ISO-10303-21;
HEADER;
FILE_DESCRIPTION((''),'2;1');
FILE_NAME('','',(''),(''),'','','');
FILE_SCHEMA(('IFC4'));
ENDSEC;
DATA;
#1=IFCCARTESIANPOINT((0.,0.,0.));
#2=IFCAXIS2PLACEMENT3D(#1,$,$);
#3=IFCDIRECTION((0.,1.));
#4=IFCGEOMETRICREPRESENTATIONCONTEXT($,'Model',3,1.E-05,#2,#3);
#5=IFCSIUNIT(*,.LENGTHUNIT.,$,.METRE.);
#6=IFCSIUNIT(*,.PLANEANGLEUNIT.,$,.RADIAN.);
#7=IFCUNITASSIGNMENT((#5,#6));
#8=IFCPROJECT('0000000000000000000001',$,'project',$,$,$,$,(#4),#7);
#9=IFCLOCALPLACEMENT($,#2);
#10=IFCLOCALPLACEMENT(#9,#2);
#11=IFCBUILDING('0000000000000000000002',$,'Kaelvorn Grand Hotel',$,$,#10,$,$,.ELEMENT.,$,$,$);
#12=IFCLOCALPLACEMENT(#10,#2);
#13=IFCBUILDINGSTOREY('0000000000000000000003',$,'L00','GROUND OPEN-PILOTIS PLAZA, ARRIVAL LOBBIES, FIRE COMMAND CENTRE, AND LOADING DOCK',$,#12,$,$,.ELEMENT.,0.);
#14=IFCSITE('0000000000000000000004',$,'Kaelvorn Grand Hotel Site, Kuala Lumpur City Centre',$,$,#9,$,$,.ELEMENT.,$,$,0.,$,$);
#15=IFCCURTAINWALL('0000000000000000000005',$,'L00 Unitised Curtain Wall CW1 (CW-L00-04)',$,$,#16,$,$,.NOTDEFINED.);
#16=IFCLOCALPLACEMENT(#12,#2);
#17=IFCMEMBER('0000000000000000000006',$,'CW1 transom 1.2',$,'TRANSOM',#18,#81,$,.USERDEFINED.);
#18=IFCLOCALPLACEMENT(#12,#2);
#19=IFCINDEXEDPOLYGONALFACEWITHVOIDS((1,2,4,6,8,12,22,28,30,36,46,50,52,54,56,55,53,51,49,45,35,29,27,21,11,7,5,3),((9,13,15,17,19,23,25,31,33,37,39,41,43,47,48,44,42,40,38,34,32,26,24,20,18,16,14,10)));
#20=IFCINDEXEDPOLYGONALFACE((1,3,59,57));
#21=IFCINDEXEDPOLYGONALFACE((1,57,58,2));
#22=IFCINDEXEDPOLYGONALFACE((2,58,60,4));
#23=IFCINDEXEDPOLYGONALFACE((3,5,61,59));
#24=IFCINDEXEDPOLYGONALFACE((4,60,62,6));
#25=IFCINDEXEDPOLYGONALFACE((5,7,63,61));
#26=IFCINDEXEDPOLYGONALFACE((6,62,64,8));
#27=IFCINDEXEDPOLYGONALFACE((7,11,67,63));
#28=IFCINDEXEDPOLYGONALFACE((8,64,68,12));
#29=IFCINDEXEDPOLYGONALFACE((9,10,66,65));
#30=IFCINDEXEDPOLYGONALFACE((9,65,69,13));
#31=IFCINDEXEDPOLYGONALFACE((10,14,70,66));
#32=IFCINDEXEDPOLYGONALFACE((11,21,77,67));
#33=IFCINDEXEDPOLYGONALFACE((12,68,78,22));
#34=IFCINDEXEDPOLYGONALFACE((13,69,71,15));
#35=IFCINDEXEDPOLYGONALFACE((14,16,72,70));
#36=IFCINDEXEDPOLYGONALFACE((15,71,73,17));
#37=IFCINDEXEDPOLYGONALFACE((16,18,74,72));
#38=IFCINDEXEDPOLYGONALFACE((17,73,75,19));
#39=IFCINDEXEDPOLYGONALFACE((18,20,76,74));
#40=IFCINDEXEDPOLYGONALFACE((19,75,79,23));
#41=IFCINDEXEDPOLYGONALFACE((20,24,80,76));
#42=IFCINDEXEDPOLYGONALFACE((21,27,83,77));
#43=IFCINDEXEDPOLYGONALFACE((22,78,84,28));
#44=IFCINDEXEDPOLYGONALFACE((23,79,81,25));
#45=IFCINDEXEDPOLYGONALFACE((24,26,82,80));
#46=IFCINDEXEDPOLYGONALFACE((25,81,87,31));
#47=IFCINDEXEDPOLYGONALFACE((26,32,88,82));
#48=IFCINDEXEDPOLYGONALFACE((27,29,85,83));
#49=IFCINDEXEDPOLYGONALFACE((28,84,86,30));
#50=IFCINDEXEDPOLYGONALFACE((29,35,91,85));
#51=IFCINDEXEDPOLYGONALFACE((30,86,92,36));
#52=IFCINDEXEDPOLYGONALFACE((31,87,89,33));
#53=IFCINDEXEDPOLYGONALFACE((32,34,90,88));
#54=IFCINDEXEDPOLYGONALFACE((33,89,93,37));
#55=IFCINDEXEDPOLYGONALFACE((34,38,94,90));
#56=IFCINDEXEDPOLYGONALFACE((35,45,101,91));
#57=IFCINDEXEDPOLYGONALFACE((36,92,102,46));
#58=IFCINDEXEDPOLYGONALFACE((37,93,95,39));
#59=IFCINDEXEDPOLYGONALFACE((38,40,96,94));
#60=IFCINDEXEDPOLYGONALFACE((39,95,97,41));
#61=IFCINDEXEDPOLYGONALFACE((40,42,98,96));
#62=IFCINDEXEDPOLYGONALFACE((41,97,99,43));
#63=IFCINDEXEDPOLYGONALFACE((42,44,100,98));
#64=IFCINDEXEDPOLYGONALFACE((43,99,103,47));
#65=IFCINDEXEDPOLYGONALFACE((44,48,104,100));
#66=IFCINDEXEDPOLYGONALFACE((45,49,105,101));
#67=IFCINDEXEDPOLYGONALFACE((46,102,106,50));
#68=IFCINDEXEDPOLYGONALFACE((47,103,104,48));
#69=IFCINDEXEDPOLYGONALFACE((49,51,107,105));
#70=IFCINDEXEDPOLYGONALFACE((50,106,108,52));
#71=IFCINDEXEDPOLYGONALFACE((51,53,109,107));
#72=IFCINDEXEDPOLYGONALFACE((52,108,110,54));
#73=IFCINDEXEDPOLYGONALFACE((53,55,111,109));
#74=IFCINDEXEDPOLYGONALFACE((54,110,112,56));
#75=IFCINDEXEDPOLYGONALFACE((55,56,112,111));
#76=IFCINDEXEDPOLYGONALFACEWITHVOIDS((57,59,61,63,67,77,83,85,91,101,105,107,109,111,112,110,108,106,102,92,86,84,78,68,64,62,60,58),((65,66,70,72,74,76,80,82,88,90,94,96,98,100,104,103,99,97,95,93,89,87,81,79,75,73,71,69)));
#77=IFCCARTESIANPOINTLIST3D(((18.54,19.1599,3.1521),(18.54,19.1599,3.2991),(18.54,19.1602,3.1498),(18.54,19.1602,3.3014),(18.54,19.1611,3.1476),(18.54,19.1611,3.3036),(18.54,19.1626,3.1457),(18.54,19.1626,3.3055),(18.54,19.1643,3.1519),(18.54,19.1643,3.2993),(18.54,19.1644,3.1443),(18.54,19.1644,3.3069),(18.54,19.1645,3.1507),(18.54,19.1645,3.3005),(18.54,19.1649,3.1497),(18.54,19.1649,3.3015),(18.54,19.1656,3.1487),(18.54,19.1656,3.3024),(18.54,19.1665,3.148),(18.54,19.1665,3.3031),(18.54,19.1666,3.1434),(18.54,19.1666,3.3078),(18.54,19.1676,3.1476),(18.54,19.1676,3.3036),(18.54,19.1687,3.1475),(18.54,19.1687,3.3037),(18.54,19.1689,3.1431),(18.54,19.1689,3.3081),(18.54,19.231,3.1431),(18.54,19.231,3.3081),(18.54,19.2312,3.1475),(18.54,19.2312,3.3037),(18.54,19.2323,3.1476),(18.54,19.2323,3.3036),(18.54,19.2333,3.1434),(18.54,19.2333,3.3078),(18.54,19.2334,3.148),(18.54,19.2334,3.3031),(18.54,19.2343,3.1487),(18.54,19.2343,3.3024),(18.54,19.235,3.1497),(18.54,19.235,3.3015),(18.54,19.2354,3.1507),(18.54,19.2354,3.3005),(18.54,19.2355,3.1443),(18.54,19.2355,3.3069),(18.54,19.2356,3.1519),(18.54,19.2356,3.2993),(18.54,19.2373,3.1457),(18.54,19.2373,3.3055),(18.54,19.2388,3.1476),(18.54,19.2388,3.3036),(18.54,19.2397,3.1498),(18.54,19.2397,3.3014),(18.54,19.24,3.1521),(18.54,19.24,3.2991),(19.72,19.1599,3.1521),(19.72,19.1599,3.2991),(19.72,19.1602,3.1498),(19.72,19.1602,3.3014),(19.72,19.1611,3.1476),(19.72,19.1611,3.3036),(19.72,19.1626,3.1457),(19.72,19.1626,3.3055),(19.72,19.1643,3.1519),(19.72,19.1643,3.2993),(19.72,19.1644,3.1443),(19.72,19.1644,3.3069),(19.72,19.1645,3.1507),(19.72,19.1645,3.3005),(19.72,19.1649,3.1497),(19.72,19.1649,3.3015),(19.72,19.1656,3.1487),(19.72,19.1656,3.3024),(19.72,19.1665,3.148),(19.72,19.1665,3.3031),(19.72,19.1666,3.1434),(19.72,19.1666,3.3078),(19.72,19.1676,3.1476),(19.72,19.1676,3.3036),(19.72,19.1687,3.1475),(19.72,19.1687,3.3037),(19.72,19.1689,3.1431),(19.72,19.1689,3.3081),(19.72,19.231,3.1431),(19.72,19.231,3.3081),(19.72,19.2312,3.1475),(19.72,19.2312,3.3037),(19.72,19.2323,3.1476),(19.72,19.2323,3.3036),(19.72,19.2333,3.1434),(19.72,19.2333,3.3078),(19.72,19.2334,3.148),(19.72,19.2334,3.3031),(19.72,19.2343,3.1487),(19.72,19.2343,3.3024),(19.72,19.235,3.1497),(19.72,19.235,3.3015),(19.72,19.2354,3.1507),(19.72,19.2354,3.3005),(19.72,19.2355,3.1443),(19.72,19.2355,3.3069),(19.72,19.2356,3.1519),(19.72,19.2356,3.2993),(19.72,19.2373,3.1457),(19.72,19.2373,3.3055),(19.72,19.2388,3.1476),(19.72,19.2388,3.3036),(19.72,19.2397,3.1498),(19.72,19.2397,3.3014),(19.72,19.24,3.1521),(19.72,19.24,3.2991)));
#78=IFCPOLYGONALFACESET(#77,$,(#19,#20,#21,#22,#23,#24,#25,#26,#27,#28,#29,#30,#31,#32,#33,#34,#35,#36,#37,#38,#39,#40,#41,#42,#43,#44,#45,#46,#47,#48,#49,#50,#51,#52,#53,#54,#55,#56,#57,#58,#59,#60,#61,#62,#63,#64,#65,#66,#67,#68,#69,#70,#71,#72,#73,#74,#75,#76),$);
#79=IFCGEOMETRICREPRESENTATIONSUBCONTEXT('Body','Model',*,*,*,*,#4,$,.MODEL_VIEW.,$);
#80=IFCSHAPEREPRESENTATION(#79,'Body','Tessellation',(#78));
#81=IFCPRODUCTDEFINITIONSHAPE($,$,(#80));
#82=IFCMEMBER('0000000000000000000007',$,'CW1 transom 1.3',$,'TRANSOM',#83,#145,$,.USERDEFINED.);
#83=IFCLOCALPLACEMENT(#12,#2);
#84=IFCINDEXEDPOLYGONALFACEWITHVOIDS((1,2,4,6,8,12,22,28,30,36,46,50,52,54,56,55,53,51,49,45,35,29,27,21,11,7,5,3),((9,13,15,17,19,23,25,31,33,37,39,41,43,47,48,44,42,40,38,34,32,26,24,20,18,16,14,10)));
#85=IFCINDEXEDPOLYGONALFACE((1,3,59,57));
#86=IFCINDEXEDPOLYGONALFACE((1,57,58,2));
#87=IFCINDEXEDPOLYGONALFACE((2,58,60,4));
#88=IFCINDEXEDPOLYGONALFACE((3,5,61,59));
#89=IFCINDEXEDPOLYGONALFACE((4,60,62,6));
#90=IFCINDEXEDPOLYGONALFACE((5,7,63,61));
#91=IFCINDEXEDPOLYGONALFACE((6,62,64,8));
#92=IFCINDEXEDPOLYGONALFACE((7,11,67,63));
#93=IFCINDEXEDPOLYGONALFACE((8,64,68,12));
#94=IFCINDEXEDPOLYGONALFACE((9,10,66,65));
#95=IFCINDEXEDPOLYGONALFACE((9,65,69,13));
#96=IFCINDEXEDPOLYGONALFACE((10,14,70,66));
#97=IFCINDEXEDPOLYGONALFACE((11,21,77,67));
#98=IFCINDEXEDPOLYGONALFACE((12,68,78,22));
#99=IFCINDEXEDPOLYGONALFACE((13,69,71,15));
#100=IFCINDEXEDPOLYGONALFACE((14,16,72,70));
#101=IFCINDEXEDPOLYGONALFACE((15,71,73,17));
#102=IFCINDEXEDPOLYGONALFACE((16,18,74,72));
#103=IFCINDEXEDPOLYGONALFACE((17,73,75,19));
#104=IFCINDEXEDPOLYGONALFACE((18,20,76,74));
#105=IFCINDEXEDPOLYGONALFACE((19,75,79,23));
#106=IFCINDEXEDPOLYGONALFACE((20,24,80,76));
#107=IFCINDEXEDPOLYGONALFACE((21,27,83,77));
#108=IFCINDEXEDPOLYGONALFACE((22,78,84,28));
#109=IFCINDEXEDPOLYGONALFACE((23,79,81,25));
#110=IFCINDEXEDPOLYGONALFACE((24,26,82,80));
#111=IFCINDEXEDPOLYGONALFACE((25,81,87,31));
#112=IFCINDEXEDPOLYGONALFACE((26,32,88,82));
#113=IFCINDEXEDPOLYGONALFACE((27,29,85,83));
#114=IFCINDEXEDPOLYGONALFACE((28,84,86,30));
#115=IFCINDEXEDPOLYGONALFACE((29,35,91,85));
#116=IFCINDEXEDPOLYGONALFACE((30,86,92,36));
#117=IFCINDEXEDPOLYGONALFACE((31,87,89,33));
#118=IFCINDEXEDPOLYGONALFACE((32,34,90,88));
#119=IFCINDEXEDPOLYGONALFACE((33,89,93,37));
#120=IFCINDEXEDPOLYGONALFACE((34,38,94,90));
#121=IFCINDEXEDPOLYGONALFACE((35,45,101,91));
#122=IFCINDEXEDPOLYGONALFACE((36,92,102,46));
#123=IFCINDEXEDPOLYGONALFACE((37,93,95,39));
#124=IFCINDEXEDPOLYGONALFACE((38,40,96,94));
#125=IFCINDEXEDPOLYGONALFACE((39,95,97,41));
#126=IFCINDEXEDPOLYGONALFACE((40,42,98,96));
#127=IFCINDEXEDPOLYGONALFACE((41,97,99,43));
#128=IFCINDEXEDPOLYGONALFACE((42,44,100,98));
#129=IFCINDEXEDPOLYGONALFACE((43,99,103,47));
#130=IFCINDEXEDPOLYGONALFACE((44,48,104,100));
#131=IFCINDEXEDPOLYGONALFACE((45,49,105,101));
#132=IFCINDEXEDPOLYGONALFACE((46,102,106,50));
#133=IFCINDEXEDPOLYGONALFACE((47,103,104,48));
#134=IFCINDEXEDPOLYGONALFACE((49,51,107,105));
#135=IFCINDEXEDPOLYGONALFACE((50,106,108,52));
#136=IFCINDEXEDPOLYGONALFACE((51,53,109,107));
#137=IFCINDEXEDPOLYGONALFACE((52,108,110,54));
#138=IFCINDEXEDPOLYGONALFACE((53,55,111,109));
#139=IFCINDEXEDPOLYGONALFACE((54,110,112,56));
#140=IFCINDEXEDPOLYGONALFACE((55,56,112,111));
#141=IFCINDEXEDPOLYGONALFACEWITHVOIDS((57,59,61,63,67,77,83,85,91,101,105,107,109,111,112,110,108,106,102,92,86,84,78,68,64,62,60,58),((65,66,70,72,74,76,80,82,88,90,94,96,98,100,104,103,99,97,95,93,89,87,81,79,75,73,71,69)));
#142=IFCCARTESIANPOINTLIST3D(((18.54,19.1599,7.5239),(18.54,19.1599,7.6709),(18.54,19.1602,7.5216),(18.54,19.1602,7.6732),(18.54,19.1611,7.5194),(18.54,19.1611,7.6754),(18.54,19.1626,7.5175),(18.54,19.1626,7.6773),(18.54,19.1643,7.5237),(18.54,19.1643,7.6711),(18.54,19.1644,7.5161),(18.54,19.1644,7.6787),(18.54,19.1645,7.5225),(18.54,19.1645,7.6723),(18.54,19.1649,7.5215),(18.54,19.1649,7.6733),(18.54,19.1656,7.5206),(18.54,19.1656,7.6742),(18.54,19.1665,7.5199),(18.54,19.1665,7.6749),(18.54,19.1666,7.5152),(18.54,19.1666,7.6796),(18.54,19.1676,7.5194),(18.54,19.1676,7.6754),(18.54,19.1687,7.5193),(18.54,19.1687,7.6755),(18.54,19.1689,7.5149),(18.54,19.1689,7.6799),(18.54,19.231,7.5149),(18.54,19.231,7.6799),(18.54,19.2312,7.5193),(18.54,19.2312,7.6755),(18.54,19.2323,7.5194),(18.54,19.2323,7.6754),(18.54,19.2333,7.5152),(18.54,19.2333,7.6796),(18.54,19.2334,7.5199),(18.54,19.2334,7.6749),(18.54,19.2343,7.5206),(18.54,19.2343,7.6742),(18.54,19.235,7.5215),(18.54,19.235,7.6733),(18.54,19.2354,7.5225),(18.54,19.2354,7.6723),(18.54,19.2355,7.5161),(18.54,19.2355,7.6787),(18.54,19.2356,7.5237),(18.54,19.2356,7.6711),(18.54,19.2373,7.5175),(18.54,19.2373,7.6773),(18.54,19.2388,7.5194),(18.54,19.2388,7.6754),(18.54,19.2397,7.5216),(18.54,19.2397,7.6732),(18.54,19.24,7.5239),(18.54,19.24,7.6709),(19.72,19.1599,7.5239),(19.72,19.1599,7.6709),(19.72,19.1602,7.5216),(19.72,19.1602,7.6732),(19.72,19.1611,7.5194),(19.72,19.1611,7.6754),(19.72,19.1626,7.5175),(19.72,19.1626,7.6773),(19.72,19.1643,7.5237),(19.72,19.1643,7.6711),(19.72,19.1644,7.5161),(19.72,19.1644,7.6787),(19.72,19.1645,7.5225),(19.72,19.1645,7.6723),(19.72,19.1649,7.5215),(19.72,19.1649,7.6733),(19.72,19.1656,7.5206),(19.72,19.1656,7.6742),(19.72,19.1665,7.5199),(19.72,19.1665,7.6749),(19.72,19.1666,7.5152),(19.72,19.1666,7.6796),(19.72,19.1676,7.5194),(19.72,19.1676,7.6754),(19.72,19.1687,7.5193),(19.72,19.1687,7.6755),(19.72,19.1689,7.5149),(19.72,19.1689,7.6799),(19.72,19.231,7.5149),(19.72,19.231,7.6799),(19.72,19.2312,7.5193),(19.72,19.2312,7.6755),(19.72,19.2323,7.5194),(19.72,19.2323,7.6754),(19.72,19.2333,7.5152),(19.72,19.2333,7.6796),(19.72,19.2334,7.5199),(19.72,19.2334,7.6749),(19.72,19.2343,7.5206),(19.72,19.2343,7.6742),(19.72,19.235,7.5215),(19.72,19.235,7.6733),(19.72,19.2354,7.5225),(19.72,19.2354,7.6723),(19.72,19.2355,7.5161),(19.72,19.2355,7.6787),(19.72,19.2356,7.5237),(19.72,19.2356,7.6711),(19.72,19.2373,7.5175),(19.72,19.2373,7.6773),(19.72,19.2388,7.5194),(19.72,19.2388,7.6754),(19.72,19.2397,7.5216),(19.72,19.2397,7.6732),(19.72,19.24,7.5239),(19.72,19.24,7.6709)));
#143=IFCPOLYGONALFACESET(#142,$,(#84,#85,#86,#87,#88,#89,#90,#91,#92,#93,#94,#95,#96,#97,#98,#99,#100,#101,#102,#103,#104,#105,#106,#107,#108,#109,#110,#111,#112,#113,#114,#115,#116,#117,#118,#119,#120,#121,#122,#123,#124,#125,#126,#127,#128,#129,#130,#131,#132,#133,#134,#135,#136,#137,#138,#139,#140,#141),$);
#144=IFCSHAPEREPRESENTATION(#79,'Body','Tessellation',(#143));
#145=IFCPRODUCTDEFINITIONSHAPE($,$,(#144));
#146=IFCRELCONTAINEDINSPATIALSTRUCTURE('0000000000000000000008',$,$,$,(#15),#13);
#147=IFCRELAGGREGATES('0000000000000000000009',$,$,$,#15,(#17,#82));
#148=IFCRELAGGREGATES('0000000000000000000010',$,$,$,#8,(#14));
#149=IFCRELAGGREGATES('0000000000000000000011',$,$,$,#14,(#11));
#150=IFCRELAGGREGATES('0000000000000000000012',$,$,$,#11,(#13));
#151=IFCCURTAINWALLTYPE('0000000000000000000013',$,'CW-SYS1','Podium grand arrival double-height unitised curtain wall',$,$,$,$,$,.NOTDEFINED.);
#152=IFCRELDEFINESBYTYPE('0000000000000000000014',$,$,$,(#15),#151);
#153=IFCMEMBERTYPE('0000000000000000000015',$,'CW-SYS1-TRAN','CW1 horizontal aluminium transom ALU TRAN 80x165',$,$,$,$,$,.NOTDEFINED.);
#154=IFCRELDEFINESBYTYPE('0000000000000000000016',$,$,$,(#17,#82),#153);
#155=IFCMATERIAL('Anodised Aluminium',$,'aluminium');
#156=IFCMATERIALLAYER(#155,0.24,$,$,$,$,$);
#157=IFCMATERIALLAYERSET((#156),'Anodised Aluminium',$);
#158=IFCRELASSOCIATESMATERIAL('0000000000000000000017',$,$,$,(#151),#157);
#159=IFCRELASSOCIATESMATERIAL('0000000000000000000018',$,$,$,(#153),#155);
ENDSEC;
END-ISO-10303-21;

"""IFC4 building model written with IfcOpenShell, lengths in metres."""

from ifc_helpers import new_model, si_unit, direction, frame, origin, origin_2d, place, context, subcontext, project, spatial, hollow_rectangle, extrude, material, layer, layer_set, material_profile, profile_set, type_object, element, aggregate, save


model = new_model("IFC4")

# Units and contexts
model_context = context("Model", 3, precision=1e-05, world=origin(), true_north=direction((0.0, 1.0)))
body_context = subcontext(model_context, "Body", "Model", "MODEL_VIEW")
ifc_project = project(units=[si_unit("LENGTHUNIT", "METRE"), si_unit("PLANEANGLEUNIT", "RADIAN")], contexts=[model_context])

# Site, building, storey
site_placement = place(None, origin())
site = spatial("IfcSite", under=ifc_project, at=site_placement, Name="Kaelvorn Grand Hotel Site, Kuala Lumpur City Centre", CompositionType="ELEMENT", RefElevation=0.0)
building_placement = place(site_placement, origin())
building = spatial("IfcBuilding", under=site, at=building_placement, Name="Kaelvorn Grand Hotel", CompositionType="ELEMENT")
storey_placement = place(building_placement, origin())
storey = spatial("IfcBuildingStorey", under=building, at=storey_placement, Name="L00", Description="GROUND OPEN-PILOTIS PLAZA, ARRIVAL LOBBIES, FIRE COMMAND CENTRE, AND LOADING DOCK", CompositionType="ELEMENT", Elevation=0.0)

# Shared definitions
ifc_material_1 = material(Name="Anodised Aluminium", Category="aluminium")
ifc_layer_1 = layer(ifc_material_1, 0.24)
ifc_layer_set_1 = layer_set([ifc_layer_1], Name="Anodised Aluminium")
curtain_wall_type = type_object("IfcCurtainWallType", Name="CW-SYS1", Description="Podium grand arrival double-height unitised curtain wall", PredefinedType="NOTDEFINED", material=ifc_layer_set_1)

# Curtain wall
curtain_wall_1_placement = place(storey_placement, origin())
curtain_wall_1 = element("IfcCurtainWall", 1, at=curtain_wall_1_placement, inside=storey, type_object=curtain_wall_type, Name="L00 Unitised Curtain Wall CW1 (CW-L00-04)", PredefinedType="NOTDEFINED")

# Members
ifc_material_profile_1 = material_profile(ifc_material_1, hollow_rectangle(XDim=0.0801, YDim=0.165, WallThickness=0.0044, InnerFilletRadius=0.0044, OuterFilletRadius=0.009, at=origin_2d()), Name="ALU TRAN 80x165")
ifc_profile_set_1 = profile_set([ifc_material_profile_1], Name="Anodised Aluminium")
member_type_1 = type_object("IfcMemberType", Name="CW-SYS1-TRAN", Description="CW1 horizontal aluminium transom ALU TRAN 80x165", PredefinedType="NOTDEFINED", material=ifc_profile_set_1)
member_1_placement = place(storey_placement, frame((19.72, 19.2, 3.2256), z_axis=(-1.0, 0.0, 0.0), x_axis=(0.0, -1.0, 0.0)))
member_1 = element("IfcMember", 2, at=member_1_placement, type_object=member_type_1, Name="CW1 transom 1.2", ObjectType="TRANSOM", PredefinedType="USERDEFINED", context=body_context, shape_type="SweptSolid", body=[
    extrude(hollow_rectangle(XDim=0.0801, YDim=0.165, WallThickness=0.0044, InnerFilletRadius=0.0044, OuterFilletRadius=0.009, at=origin_2d()), origin(), (0.0, 0.0, 1.0), 1.1799),
])
member_2_placement = place(storey_placement, frame((19.72, 19.2, 7.5974), z_axis=(-1.0, 0.0, 0.0), x_axis=(0.0, -1.0, 0.0)))
member_2 = element("IfcMember", 3, at=member_2_placement, type_object=member_type_1, Name="CW1 transom 1.3", ObjectType="TRANSOM", PredefinedType="USERDEFINED", context=body_context, shape_type="SweptSolid", body=[
    extrude(hollow_rectangle(XDim=0.0801, YDim=0.165, WallThickness=0.0044, InnerFilletRadius=0.0044, OuterFilletRadius=0.009, at=origin_2d()), origin(), (0.0, 0.0, 1.0), 1.1799),
])

aggregate(curtain_wall_1, [member_1, member_2])

save(model, "model.ifc")
